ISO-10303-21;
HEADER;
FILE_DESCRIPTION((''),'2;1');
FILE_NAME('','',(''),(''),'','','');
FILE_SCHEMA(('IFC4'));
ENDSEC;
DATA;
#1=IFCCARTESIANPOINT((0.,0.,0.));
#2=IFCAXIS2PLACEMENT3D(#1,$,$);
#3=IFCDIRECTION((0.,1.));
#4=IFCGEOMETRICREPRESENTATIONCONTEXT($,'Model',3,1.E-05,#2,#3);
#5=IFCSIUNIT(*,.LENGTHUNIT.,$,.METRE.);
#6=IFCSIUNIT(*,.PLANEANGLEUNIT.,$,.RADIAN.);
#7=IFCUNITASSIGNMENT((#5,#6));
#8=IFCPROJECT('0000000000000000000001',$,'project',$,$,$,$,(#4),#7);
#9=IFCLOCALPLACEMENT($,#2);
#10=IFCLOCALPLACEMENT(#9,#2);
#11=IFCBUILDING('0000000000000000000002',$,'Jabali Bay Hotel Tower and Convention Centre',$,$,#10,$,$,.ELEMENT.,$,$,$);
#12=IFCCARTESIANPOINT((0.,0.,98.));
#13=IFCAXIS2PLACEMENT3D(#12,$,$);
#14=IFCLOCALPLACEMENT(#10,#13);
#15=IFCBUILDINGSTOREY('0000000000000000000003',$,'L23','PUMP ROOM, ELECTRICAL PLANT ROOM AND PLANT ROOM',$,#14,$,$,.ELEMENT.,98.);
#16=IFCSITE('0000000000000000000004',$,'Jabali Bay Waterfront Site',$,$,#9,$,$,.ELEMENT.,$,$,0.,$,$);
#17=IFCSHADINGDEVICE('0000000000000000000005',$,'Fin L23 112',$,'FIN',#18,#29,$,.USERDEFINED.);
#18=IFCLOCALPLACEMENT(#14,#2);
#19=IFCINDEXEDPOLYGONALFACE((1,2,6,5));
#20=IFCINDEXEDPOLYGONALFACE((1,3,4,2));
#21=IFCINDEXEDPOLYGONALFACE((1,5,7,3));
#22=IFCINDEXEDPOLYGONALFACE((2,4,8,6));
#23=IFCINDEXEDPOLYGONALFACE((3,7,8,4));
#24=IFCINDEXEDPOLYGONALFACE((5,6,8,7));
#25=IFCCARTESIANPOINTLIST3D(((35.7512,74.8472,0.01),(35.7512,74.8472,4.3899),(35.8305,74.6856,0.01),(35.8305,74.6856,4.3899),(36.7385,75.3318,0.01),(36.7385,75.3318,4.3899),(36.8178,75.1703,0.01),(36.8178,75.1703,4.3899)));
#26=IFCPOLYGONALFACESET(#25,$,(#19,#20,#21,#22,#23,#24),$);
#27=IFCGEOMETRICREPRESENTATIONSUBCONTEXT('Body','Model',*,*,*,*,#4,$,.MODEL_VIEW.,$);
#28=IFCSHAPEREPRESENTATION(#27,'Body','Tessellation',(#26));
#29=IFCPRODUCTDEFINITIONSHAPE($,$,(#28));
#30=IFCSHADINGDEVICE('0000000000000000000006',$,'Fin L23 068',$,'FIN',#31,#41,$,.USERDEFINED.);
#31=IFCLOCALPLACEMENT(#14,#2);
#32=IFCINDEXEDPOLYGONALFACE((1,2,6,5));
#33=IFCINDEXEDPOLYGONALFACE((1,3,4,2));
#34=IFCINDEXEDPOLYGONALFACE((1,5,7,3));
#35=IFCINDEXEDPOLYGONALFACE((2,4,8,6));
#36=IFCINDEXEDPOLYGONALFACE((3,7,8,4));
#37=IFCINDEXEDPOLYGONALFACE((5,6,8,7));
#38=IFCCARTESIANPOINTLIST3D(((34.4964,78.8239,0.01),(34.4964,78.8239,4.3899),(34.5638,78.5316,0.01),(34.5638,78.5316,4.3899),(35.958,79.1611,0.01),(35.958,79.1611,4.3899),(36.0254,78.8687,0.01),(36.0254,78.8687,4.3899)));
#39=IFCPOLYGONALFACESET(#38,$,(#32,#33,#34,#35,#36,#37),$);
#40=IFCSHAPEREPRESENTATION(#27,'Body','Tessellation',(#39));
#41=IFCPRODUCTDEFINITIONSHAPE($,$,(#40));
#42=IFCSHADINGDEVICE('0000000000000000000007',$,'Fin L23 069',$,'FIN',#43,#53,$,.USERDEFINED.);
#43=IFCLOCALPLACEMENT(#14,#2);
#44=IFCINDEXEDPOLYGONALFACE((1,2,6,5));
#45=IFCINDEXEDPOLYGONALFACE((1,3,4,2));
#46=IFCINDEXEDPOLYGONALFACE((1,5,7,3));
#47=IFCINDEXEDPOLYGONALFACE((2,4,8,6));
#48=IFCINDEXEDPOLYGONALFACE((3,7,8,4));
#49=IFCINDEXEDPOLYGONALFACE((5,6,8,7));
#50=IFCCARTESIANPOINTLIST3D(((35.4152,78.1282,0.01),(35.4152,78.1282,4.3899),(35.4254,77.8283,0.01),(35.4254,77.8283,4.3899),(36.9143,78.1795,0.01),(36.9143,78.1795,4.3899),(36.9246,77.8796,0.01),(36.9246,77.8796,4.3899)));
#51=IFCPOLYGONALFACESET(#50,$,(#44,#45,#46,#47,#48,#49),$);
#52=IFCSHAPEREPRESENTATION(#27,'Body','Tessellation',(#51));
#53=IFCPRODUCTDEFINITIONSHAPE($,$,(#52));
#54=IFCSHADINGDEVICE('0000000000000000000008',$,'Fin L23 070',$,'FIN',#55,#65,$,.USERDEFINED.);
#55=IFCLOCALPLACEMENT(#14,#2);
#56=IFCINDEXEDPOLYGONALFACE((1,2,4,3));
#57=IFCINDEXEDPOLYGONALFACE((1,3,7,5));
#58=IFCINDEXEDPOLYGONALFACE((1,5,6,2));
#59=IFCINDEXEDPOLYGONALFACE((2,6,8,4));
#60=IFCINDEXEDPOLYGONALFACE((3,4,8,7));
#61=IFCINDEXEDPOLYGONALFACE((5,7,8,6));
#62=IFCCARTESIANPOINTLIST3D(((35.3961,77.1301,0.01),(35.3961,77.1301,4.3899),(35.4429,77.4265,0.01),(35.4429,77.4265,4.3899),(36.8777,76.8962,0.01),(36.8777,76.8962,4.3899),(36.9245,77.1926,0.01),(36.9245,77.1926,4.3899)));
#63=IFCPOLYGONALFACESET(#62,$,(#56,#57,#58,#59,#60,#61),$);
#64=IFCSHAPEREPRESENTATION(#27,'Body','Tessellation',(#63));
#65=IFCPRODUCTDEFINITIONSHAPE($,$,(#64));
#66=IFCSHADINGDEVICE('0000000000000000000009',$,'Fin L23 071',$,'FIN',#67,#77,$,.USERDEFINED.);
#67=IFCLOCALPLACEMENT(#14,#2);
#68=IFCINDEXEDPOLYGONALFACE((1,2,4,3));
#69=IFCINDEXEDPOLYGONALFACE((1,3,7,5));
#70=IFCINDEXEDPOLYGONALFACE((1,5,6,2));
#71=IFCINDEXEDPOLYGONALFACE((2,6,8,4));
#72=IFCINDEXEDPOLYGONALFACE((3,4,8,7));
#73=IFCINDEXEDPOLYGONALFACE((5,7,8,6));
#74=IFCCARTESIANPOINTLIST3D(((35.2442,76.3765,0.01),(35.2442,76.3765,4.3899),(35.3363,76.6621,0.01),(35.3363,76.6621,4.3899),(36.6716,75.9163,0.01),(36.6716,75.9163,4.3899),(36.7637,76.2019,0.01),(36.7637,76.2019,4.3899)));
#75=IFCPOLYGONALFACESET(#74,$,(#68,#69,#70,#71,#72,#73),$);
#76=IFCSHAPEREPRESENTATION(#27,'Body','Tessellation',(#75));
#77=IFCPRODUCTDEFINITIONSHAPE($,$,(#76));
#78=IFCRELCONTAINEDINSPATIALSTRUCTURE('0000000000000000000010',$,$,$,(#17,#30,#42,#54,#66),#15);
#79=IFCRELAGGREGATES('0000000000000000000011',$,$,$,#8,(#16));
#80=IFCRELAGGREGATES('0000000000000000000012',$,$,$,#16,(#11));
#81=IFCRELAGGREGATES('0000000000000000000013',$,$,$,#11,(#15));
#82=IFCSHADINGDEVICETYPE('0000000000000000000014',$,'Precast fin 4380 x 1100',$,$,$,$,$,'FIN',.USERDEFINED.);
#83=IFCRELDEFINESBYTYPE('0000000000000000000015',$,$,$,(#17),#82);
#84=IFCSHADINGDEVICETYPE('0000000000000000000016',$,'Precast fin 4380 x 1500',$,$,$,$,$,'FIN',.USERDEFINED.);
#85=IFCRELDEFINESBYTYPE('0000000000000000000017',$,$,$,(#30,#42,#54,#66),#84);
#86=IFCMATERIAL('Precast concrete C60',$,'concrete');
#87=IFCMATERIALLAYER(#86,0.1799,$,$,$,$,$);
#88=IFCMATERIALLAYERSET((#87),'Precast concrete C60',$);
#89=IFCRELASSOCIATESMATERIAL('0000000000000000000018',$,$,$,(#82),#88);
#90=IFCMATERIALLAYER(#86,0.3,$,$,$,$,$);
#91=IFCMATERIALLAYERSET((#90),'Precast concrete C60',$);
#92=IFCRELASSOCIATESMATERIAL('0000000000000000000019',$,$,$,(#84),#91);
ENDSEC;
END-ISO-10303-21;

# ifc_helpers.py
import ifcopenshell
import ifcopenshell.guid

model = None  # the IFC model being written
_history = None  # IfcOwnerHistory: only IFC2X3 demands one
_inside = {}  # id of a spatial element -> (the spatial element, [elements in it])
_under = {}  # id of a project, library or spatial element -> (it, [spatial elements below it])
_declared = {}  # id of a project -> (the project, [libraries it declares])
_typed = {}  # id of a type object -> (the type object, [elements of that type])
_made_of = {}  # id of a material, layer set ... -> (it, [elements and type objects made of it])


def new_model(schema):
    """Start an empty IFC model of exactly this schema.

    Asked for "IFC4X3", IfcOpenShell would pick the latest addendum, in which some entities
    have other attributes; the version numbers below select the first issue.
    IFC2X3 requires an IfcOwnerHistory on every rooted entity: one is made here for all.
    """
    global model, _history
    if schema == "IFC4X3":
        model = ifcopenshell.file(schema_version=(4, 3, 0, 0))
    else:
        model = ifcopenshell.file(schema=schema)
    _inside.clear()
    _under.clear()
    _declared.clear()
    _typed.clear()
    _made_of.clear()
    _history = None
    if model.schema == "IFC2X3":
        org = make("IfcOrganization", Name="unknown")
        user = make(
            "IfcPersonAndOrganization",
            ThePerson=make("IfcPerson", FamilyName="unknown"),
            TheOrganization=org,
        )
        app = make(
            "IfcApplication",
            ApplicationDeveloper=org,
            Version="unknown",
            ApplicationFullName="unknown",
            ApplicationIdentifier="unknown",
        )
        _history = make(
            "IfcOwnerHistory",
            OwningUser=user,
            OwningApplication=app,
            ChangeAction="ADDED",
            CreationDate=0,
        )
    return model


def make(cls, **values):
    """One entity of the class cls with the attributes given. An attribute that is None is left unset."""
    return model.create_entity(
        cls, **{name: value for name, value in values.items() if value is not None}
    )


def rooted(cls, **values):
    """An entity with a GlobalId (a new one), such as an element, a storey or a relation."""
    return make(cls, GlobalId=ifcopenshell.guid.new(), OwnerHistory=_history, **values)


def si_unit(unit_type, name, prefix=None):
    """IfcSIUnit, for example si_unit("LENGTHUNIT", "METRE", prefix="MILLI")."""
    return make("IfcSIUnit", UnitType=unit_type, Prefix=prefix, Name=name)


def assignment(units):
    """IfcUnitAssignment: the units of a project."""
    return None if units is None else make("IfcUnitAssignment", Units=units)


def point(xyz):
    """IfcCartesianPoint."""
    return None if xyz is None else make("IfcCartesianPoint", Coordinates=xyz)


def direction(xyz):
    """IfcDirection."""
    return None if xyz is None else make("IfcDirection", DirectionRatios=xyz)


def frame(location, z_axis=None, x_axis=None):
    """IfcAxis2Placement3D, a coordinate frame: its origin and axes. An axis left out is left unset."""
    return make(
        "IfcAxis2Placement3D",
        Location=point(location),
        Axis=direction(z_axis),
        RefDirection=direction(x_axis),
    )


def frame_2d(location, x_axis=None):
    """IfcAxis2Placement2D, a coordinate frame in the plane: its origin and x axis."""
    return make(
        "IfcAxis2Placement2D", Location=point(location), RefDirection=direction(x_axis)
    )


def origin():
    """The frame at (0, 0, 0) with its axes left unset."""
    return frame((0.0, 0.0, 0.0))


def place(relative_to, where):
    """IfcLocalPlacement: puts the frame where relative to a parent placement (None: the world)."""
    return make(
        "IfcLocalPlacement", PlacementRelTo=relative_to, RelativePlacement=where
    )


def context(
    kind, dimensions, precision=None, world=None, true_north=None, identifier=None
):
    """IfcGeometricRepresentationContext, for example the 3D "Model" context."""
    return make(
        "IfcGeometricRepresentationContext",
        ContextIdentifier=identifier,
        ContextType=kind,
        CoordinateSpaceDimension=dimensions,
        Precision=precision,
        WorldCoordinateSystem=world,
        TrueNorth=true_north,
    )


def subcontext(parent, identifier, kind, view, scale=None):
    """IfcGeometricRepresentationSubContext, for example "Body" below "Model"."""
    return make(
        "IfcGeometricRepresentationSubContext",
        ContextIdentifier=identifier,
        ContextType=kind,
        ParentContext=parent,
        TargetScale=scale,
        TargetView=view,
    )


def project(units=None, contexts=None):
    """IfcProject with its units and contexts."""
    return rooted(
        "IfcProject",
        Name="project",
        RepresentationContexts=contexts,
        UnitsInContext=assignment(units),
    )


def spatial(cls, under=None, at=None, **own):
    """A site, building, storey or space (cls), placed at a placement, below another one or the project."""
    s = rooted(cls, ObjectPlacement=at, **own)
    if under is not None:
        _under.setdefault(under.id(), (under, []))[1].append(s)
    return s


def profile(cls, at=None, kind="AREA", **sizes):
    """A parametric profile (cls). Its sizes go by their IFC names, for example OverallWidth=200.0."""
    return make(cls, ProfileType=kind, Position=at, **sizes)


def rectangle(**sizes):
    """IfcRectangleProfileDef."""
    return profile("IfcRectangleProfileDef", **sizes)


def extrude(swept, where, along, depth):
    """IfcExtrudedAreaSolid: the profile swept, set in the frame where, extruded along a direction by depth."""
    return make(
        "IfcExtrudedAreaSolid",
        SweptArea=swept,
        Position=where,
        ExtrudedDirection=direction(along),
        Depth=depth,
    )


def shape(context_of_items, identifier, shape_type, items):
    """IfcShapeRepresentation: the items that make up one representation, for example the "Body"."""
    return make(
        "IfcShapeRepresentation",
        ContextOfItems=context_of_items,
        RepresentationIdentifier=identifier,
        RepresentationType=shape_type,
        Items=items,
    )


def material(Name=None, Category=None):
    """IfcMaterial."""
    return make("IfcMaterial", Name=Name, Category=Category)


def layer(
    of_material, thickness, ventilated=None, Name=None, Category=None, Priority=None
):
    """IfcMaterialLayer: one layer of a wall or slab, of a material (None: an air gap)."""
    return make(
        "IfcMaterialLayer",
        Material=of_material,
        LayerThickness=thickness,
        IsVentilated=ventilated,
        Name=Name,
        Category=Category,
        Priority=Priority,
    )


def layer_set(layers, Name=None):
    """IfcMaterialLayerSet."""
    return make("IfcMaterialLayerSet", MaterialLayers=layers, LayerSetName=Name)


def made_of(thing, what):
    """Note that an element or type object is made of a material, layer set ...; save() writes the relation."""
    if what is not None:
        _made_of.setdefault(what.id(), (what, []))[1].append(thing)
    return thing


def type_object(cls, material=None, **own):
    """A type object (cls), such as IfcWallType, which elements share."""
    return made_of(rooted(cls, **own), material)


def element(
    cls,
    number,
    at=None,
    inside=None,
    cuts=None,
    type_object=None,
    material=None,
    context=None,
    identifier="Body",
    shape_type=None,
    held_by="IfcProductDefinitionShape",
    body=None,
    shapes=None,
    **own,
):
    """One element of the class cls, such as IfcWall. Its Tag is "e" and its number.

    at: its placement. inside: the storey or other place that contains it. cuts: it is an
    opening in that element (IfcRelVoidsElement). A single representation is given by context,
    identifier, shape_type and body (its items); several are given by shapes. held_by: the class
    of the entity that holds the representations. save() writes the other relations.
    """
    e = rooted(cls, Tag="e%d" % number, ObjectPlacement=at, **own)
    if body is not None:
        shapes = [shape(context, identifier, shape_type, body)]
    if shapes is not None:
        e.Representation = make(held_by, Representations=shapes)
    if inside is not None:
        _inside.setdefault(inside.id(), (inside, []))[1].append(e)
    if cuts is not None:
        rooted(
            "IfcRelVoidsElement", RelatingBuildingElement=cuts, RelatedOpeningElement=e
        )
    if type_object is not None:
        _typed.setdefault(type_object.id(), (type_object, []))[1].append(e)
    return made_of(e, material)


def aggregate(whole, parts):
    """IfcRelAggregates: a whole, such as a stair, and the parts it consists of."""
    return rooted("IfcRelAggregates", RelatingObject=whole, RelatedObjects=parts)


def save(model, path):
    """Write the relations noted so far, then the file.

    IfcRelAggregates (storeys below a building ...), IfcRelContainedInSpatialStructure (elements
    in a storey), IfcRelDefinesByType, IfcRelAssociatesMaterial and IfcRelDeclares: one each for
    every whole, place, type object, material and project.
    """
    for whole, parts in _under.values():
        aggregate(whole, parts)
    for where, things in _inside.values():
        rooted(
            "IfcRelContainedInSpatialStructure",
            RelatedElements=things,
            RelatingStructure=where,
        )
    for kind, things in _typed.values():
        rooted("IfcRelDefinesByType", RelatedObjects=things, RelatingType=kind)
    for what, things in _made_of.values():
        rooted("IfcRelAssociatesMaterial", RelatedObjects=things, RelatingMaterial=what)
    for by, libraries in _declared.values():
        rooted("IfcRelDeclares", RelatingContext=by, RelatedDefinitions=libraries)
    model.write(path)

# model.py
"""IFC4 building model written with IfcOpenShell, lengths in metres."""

from ifc_helpers import new_model, si_unit, direction, frame, frame_2d, origin, place, context, subcontext, project, spatial, rectangle, extrude, material, layer, layer_set, type_object, element, save


model = new_model("IFC4")

# Units and contexts
model_context = context("Model", 3, precision=1e-05, world=origin(), true_north=direction((0.0, 1.0)))
body_context = subcontext(model_context, "Body", "Model", "MODEL_VIEW")
ifc_project = project(units=[si_unit("LENGTHUNIT", "METRE"), si_unit("PLANEANGLEUNIT", "RADIAN")], contexts=[model_context])

# Site, building, storey
site_placement = place(None, origin())
site = spatial("IfcSite", under=ifc_project, at=site_placement, Name="Jabali Bay Waterfront Site", CompositionType="ELEMENT", RefElevation=0.0)
building_placement = place(site_placement, origin())
building = spatial("IfcBuilding", under=site, at=building_placement, Name="Jabali Bay Hotel Tower and Convention Centre", CompositionType="ELEMENT")
storey_placement = place(building_placement, frame((0.0, 0.0, 98.0)))
storey = spatial("IfcBuildingStorey", under=building, at=storey_placement, Name="L23", Description="PUMP ROOM, ELECTRICAL PLANT ROOM AND PLANT ROOM", CompositionType="ELEMENT", Elevation=98.0)

# Shading devices
ifc_material_1 = material(Name="Precast concrete C60", Category="concrete")
ifc_layer_1 = layer(ifc_material_1, 0.1799)
ifc_layer_set_1 = layer_set([ifc_layer_1], Name="Precast concrete C60")
shading_device_type_1 = type_object("IfcShadingDeviceType", Name="Precast fin 4380 x 1100", ElementType="FIN", PredefinedType="USERDEFINED", material=ifc_layer_set_1)
shading_device_1_placement = place(storey_placement, frame((36.7781, 75.251, 0.01), z_axis=(0.0, 0.0, 1.0), x_axis=(-0.897688, -0.440631, 0.0)))
element("IfcShadingDevice", 1, at=shading_device_1_placement, inside=storey, type_object=shading_device_type_1, Name="Fin L23 112", ObjectType="FIN", PredefinedType="USERDEFINED", context=body_context, shape_type="SweptSolid", body=[
    extrude(rectangle(XDim=1.0999, YDim=0.1799, at=frame_2d((0.5498, 0.0))), origin(), (0.0, 0.0, 1.0), 4.3799),
])
ifc_layer_2 = layer(ifc_material_1, 0.3)
ifc_layer_set_2 = layer_set([ifc_layer_2], Name="Precast concrete C60")
shading_device_type_2 = type_object("IfcShadingDeviceType", Name="Precast fin 4380 x 1500", ElementType="FIN", PredefinedType="USERDEFINED", material=ifc_layer_set_2)
for number, where, z_axis, x_axis, name in (
    (2, (35.9917, 79.0149, 0.01), (0.0, 0.0, 1.0), (-0.974413, -0.224764, 0.0), "Fin L23 068"),
    (3, (36.9194, 78.0295, 0.01), (0.0, 0.0, 1.0), (-0.999416, -0.034182, 0.0), "Fin L23 069"),
    (4, (36.9011, 77.0444, 0.01), (0.0, 0.0, 1.0), (-0.98777, 0.155921, 0.0), "Fin L23 070"),
):
    element("IfcShadingDevice", number, at=place(storey_placement, frame(where, z_axis=z_axis, x_axis=x_axis)), inside=storey, type_object=shading_device_type_2, Name=name, ObjectType="FIN", PredefinedType="USERDEFINED", context=body_context, shape_type="SweptSolid", body=[
        extrude(rectangle(XDim=1.5, YDim=0.3, at=frame_2d((0.75, 0.0))), origin(), (0.0, 0.0, 1.0), 4.3799),
    ])
shading_device_2_placement = place(storey_placement, frame((36.7178, 76.0591, 0.01), z_axis=(0.0, 0.0, 1.0), x_axis=(-0.951762, 0.306836, 0.0)))
element("IfcShadingDevice", 5, at=shading_device_2_placement, inside=storey, type_object=shading_device_type_2, Name="Fin L23 071", ObjectType="FIN", PredefinedType="USERDEFINED", context=body_context, shape_type="SweptSolid", body=[
    extrude(rectangle(XDim=1.4998, YDim=0.3, at=frame_2d((0.75, 0.0))), origin(), (0.0, 0.0, 1.0), 4.3799),
])

save(model, "model.ifc")
